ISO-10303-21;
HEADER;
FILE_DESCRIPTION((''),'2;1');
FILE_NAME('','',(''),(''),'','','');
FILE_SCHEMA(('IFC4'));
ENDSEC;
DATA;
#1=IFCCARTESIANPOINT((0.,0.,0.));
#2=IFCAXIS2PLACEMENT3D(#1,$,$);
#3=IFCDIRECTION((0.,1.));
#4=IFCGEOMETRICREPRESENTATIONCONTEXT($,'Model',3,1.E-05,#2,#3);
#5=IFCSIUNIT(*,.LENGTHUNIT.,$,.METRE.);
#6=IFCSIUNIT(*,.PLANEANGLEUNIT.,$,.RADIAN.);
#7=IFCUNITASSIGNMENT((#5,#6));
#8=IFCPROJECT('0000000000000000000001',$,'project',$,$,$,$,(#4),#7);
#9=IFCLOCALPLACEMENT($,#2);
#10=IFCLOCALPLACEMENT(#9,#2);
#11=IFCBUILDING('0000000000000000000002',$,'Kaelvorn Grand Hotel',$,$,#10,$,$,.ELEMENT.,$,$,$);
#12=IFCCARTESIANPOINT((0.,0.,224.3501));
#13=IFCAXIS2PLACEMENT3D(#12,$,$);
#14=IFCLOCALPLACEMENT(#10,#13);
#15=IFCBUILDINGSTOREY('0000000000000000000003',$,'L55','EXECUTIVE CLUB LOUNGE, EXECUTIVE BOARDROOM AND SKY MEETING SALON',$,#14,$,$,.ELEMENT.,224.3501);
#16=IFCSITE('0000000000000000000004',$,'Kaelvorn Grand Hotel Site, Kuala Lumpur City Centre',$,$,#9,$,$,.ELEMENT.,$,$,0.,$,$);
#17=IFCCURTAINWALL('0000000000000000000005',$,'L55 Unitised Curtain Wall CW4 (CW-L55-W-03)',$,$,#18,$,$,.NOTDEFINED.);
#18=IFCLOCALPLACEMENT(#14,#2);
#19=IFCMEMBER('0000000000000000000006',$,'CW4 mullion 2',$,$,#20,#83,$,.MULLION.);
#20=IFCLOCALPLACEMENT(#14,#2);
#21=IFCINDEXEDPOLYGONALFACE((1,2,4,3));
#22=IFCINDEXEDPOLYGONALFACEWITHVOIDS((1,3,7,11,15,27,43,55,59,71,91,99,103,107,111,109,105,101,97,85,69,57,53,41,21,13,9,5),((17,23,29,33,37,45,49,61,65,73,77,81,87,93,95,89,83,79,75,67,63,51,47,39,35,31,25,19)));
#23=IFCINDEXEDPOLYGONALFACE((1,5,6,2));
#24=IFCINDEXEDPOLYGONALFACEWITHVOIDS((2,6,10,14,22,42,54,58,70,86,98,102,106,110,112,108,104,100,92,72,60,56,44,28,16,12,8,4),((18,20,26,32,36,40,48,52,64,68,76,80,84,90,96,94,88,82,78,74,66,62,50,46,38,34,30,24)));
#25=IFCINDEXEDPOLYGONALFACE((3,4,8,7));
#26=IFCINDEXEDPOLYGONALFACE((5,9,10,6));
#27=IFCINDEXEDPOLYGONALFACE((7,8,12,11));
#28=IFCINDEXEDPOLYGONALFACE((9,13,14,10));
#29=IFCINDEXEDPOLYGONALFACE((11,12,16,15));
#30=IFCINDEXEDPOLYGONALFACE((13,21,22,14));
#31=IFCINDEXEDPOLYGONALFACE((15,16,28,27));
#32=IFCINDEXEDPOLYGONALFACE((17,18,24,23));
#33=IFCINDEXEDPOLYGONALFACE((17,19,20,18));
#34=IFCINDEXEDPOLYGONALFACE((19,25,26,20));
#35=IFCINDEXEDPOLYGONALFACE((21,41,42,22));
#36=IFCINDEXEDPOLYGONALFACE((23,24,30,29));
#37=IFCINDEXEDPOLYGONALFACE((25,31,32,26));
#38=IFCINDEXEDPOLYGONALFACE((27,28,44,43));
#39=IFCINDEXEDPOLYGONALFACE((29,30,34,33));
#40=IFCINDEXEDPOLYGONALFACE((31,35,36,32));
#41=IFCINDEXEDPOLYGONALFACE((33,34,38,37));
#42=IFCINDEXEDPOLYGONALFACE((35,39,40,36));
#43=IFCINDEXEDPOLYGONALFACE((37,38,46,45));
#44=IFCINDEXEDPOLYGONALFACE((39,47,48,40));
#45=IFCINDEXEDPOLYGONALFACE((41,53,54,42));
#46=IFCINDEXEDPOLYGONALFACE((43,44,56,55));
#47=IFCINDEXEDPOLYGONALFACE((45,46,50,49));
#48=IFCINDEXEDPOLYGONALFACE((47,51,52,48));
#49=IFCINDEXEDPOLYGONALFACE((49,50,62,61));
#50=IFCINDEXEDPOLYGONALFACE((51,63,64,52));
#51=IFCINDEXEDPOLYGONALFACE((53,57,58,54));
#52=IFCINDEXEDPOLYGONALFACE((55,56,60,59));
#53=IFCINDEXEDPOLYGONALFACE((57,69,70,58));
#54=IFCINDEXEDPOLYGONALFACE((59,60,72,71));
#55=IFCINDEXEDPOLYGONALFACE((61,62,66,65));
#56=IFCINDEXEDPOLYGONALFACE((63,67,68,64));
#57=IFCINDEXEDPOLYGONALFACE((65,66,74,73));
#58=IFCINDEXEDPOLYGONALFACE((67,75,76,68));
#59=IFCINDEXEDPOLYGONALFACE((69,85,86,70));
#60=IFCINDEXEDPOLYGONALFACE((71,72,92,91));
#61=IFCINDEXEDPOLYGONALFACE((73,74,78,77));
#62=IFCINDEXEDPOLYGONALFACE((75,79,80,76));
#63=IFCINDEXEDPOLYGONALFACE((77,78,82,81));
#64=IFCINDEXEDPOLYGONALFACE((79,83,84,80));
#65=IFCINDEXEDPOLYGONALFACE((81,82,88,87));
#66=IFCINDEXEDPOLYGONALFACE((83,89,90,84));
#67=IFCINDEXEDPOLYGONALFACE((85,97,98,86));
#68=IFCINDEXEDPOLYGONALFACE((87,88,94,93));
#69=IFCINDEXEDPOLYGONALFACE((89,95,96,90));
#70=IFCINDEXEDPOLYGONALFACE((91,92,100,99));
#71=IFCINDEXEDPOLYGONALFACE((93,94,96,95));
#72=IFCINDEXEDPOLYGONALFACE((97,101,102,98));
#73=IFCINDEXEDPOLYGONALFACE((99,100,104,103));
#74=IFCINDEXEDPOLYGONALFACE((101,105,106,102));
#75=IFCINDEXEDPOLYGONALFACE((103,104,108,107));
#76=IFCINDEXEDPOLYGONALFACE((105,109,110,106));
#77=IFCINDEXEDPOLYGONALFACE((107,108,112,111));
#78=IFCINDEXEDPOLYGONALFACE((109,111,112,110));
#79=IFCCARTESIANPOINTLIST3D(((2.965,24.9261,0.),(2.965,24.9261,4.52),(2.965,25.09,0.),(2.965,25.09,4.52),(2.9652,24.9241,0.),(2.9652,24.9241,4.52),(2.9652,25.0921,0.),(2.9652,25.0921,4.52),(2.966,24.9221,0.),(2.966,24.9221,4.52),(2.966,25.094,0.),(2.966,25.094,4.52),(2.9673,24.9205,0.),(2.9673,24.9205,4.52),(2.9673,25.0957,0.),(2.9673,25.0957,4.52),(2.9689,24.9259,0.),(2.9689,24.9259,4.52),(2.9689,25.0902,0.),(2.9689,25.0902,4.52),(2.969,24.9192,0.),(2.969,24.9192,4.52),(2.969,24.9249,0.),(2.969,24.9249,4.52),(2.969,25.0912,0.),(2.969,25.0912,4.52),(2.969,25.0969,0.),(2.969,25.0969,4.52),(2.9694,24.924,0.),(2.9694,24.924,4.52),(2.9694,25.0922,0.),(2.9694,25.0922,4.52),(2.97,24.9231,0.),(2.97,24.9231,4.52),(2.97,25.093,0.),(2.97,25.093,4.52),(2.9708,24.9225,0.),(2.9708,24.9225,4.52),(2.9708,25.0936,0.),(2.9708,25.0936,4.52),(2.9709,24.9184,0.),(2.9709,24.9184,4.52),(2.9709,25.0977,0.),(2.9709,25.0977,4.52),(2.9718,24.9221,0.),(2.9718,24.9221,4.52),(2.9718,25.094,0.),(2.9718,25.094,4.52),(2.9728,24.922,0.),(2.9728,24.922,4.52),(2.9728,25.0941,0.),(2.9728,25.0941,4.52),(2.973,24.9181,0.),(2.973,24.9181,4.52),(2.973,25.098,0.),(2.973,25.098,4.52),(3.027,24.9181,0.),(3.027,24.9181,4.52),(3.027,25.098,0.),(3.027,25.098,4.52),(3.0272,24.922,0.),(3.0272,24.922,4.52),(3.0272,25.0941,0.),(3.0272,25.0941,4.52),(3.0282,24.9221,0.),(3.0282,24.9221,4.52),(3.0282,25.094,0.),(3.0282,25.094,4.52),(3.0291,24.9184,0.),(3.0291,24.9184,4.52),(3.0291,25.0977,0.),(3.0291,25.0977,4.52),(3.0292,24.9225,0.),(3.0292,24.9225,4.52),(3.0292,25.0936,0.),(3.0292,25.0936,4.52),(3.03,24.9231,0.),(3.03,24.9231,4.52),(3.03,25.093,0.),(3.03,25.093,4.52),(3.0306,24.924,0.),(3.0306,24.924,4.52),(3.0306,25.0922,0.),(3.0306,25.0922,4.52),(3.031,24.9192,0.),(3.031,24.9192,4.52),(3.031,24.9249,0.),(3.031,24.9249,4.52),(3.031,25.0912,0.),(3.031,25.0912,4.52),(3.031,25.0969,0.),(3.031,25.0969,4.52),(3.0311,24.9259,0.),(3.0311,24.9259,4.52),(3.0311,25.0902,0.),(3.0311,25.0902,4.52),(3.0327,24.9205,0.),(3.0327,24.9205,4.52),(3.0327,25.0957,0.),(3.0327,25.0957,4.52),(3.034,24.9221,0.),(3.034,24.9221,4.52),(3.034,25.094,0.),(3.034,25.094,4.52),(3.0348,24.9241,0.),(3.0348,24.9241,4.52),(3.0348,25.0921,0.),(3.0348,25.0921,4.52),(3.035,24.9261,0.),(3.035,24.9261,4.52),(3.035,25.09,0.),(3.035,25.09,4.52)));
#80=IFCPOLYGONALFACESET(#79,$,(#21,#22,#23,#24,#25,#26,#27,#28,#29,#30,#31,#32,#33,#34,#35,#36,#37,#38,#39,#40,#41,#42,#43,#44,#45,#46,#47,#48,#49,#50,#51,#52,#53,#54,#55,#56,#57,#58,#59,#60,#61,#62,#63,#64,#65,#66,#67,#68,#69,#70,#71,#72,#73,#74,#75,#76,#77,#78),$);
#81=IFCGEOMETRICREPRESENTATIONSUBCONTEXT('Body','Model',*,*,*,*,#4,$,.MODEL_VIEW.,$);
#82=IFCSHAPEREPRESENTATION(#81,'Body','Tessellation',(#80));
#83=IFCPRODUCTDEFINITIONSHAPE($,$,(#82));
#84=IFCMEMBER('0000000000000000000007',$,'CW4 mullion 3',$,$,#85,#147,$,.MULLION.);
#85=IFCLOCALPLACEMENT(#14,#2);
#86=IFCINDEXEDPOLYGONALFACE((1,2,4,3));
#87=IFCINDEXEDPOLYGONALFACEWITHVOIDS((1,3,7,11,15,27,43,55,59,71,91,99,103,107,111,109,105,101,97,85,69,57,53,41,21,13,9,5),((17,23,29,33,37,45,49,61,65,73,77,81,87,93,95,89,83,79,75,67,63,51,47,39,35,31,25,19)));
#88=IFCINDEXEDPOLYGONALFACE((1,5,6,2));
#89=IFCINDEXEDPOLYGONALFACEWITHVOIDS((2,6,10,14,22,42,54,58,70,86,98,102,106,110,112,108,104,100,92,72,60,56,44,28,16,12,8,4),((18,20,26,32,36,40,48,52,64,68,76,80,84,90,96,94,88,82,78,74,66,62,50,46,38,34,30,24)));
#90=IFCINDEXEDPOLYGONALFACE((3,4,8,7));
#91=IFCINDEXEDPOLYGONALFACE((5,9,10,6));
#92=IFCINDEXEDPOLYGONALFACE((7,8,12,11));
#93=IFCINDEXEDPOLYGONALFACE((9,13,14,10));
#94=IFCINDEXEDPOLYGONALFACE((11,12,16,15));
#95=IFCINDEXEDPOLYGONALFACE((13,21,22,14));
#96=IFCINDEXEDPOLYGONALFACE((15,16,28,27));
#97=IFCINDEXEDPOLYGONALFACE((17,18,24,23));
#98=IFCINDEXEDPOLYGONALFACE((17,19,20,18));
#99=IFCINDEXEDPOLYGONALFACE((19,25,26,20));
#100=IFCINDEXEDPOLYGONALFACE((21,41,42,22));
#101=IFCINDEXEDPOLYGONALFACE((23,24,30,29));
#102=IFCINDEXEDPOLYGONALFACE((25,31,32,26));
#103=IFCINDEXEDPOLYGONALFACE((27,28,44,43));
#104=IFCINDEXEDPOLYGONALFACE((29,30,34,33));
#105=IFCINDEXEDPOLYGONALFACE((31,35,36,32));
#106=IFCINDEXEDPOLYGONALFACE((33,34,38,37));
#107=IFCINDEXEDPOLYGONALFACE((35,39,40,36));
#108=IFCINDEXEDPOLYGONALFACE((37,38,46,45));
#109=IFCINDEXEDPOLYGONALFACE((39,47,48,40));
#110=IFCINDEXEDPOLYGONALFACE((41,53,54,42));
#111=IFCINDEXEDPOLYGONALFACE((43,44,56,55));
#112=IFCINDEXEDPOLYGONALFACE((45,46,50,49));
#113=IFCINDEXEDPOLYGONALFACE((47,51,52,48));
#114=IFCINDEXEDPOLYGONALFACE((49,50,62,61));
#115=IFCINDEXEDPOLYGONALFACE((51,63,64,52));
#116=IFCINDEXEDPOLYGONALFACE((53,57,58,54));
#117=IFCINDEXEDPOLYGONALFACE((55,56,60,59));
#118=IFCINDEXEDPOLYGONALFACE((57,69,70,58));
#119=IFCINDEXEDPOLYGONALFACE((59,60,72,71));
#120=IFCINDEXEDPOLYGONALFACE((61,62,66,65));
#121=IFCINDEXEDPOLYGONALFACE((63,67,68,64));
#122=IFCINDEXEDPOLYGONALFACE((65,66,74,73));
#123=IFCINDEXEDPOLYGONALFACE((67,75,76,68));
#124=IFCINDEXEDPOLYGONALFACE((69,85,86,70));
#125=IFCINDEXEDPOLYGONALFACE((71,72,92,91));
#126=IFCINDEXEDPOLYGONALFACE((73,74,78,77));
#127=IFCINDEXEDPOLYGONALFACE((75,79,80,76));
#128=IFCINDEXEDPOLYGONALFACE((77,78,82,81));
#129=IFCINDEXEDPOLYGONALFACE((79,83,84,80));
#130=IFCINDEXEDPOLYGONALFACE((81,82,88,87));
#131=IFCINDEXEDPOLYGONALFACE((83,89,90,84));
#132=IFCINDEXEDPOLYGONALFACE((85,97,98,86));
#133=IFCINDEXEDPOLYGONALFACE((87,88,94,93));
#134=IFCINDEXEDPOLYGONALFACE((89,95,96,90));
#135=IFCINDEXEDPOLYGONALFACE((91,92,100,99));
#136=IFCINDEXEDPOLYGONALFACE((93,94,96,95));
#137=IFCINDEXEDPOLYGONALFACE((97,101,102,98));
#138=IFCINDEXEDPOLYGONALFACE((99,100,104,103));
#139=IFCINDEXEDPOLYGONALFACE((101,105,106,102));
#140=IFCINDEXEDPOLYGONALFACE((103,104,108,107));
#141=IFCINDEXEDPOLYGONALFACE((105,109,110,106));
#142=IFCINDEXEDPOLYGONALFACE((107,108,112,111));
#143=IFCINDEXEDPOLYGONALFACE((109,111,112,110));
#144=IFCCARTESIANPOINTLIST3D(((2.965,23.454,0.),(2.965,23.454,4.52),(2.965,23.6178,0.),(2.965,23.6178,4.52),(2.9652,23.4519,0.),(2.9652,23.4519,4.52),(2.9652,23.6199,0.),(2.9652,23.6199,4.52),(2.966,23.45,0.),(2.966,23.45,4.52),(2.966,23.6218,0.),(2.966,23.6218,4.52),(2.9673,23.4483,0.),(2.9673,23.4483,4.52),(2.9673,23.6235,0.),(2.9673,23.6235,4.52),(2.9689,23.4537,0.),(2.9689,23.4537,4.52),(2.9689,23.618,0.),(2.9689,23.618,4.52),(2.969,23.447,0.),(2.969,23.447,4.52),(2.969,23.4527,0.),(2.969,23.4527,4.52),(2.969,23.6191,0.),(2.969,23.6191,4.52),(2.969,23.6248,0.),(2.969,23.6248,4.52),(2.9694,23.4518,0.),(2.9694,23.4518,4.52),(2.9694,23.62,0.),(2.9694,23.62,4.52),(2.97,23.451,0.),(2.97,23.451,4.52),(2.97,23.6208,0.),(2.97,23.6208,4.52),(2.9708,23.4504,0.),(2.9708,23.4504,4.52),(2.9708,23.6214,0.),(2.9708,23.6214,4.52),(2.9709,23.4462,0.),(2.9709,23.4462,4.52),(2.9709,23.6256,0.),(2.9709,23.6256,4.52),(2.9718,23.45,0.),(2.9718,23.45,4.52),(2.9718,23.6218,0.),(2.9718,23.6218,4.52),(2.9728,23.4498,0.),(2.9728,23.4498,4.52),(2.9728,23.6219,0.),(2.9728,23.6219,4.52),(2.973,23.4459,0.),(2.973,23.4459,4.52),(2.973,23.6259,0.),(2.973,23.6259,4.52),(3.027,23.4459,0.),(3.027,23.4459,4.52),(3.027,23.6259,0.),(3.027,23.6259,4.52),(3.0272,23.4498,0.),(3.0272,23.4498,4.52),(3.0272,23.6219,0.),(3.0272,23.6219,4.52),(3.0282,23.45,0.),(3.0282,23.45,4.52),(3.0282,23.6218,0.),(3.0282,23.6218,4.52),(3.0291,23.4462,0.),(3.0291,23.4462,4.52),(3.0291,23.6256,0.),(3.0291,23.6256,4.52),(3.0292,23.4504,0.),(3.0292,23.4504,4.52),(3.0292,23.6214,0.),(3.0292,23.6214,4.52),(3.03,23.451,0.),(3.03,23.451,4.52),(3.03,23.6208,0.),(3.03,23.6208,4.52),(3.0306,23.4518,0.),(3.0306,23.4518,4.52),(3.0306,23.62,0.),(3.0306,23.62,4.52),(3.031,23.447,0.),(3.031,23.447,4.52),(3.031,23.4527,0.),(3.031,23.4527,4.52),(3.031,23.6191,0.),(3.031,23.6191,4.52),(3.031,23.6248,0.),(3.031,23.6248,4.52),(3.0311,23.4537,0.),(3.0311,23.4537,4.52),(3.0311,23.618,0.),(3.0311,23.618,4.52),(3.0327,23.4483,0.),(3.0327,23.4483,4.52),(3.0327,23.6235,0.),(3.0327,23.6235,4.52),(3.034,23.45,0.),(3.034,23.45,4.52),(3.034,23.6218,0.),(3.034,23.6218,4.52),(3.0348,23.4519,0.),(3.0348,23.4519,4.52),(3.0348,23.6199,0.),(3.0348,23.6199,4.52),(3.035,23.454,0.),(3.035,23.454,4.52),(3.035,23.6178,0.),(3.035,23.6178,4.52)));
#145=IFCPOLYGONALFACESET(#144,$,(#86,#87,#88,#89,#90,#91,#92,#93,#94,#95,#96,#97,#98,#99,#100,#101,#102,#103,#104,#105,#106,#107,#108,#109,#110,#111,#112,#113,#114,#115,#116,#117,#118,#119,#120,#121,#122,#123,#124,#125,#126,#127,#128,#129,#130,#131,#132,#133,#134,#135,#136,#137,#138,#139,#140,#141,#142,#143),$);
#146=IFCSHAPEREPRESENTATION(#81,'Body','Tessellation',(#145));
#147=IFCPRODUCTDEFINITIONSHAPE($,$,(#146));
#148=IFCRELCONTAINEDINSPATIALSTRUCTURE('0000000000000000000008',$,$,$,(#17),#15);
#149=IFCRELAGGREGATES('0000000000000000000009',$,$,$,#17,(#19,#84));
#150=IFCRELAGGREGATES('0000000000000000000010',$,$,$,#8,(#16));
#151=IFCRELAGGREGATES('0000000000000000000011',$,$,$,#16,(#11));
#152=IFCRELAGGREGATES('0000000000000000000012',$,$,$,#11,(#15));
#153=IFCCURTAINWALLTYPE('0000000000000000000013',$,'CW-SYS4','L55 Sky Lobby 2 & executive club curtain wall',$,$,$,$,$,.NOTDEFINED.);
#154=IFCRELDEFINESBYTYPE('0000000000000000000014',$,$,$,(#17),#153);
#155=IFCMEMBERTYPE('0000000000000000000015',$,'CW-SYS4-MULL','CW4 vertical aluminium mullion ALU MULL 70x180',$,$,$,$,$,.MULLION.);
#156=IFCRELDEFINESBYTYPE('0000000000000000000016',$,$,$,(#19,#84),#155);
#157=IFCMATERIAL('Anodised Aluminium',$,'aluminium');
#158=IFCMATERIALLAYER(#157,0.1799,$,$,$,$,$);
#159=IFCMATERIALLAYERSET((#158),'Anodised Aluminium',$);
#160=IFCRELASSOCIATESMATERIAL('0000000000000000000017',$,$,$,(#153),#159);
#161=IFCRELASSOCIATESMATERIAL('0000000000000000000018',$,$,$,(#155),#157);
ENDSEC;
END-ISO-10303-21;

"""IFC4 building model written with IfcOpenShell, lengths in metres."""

from ifc_helpers import new_model, si_unit, direction, frame, origin, origin_2d, place, context, subcontext, project, spatial, hollow_rectangle, extrude, material, layer, layer_set, material_profile, profile_set, type_object, element, aggregate, save


model = new_model("IFC4")

# Units and contexts
model_context = context("Model", 3, precision=1e-05, world=origin(), true_north=direction((0.0, 1.0)))
body_context = subcontext(model_context, "Body", "Model", "MODEL_VIEW")
ifc_project = project(units=[si_unit("LENGTHUNIT", "METRE"), si_unit("PLANEANGLEUNIT", "RADIAN")], contexts=[model_context])

# Site, building, storey
site_placement = place(None, origin())
site = spatial("IfcSite", under=ifc_project, at=site_placement, Name="Kaelvorn Grand Hotel Site, Kuala Lumpur City Centre", CompositionType="ELEMENT", RefElevation=0.0)
building_placement = place(site_placement, origin())
building = spatial("IfcBuilding", under=site, at=building_placement, Name="Kaelvorn Grand Hotel", CompositionType="ELEMENT")
storey_placement = place(building_placement, frame((0.0, 0.0, 224.3501)))
storey = spatial("IfcBuildingStorey", under=building, at=storey_placement, Name="L55", Description="EXECUTIVE CLUB LOUNGE, EXECUTIVE BOARDROOM AND SKY MEETING SALON", CompositionType="ELEMENT", Elevation=224.3501)

# Shared definitions
ifc_material_1 = material(Name="Anodised Aluminium", Category="aluminium")
ifc_layer_1 = layer(ifc_material_1, 0.1799)
ifc_layer_set_1 = layer_set([ifc_layer_1], Name="Anodised Aluminium")
curtain_wall_type = type_object("IfcCurtainWallType", Name="CW-SYS4", Description="L55 Sky Lobby 2 & executive club curtain wall", PredefinedType="NOTDEFINED", material=ifc_layer_set_1)
ifc_material_profile_1 = material_profile(ifc_material_1, hollow_rectangle(XDim=0.0701, YDim=0.1799, WallThickness=0.0039, InnerFilletRadius=0.0039, OuterFilletRadius=0.0081, at=origin_2d()), Name="ALU MULL 70x180")
ifc_profile_set_1 = profile_set([ifc_material_profile_1], Name="Anodised Aluminium")
member_type_1 = type_object("IfcMemberType", Name="CW-SYS4-MULL", Description="CW4 vertical aluminium mullion ALU MULL 70x180", PredefinedType="MULLION", material=ifc_profile_set_1)

# Curtain wall, members
curtain_wall_1_placement = place(storey_placement, origin())
curtain_wall_1 = element("IfcCurtainWall", 1, at=curtain_wall_1_placement, inside=storey, type_object=curtain_wall_type, Name="L55 Unitised Curtain Wall CW4 (CW-L55-W-03)", PredefinedType="NOTDEFINED")
member_1_placement = place(storey_placement, frame((3.0, 25.0081, 0.0), z_axis=(0.0, 0.0, 1.0), x_axis=(1.0, 0.0, 0.0)))
member_1 = element("IfcMember", 2, at=member_1_placement, type_object=member_type_1, Name="CW4 mullion 2", PredefinedType="MULLION", context=body_context, shape_type="SweptSolid", body=[
    extrude(hollow_rectangle(XDim=0.0701, YDim=0.1799, WallThickness=0.0039, InnerFilletRadius=0.0039, OuterFilletRadius=0.0081, at=origin_2d()), origin(), (0.0, 0.0, 1.0), 4.52),
])
member_2_placement = place(storey_placement, frame((3.0, 23.5359, 0.0), z_axis=(0.0, 0.0, 1.0), x_axis=(1.0, 0.0, 0.0)))
member_2 = element("IfcMember", 3, at=member_2_placement, type_object=member_type_1, Name="CW4 mullion 3", PredefinedType="MULLION", context=body_context, shape_type="SweptSolid", body=[
    extrude(hollow_rectangle(XDim=0.0701, YDim=0.1799, WallThickness=0.0039, InnerFilletRadius=0.0039, OuterFilletRadius=0.0081, at=origin_2d()), origin(), (0.0, 0.0, 1.0), 4.52),
])

aggregate(curtain_wall_1, [member_1, member_2])

save(model, "model.ifc")
